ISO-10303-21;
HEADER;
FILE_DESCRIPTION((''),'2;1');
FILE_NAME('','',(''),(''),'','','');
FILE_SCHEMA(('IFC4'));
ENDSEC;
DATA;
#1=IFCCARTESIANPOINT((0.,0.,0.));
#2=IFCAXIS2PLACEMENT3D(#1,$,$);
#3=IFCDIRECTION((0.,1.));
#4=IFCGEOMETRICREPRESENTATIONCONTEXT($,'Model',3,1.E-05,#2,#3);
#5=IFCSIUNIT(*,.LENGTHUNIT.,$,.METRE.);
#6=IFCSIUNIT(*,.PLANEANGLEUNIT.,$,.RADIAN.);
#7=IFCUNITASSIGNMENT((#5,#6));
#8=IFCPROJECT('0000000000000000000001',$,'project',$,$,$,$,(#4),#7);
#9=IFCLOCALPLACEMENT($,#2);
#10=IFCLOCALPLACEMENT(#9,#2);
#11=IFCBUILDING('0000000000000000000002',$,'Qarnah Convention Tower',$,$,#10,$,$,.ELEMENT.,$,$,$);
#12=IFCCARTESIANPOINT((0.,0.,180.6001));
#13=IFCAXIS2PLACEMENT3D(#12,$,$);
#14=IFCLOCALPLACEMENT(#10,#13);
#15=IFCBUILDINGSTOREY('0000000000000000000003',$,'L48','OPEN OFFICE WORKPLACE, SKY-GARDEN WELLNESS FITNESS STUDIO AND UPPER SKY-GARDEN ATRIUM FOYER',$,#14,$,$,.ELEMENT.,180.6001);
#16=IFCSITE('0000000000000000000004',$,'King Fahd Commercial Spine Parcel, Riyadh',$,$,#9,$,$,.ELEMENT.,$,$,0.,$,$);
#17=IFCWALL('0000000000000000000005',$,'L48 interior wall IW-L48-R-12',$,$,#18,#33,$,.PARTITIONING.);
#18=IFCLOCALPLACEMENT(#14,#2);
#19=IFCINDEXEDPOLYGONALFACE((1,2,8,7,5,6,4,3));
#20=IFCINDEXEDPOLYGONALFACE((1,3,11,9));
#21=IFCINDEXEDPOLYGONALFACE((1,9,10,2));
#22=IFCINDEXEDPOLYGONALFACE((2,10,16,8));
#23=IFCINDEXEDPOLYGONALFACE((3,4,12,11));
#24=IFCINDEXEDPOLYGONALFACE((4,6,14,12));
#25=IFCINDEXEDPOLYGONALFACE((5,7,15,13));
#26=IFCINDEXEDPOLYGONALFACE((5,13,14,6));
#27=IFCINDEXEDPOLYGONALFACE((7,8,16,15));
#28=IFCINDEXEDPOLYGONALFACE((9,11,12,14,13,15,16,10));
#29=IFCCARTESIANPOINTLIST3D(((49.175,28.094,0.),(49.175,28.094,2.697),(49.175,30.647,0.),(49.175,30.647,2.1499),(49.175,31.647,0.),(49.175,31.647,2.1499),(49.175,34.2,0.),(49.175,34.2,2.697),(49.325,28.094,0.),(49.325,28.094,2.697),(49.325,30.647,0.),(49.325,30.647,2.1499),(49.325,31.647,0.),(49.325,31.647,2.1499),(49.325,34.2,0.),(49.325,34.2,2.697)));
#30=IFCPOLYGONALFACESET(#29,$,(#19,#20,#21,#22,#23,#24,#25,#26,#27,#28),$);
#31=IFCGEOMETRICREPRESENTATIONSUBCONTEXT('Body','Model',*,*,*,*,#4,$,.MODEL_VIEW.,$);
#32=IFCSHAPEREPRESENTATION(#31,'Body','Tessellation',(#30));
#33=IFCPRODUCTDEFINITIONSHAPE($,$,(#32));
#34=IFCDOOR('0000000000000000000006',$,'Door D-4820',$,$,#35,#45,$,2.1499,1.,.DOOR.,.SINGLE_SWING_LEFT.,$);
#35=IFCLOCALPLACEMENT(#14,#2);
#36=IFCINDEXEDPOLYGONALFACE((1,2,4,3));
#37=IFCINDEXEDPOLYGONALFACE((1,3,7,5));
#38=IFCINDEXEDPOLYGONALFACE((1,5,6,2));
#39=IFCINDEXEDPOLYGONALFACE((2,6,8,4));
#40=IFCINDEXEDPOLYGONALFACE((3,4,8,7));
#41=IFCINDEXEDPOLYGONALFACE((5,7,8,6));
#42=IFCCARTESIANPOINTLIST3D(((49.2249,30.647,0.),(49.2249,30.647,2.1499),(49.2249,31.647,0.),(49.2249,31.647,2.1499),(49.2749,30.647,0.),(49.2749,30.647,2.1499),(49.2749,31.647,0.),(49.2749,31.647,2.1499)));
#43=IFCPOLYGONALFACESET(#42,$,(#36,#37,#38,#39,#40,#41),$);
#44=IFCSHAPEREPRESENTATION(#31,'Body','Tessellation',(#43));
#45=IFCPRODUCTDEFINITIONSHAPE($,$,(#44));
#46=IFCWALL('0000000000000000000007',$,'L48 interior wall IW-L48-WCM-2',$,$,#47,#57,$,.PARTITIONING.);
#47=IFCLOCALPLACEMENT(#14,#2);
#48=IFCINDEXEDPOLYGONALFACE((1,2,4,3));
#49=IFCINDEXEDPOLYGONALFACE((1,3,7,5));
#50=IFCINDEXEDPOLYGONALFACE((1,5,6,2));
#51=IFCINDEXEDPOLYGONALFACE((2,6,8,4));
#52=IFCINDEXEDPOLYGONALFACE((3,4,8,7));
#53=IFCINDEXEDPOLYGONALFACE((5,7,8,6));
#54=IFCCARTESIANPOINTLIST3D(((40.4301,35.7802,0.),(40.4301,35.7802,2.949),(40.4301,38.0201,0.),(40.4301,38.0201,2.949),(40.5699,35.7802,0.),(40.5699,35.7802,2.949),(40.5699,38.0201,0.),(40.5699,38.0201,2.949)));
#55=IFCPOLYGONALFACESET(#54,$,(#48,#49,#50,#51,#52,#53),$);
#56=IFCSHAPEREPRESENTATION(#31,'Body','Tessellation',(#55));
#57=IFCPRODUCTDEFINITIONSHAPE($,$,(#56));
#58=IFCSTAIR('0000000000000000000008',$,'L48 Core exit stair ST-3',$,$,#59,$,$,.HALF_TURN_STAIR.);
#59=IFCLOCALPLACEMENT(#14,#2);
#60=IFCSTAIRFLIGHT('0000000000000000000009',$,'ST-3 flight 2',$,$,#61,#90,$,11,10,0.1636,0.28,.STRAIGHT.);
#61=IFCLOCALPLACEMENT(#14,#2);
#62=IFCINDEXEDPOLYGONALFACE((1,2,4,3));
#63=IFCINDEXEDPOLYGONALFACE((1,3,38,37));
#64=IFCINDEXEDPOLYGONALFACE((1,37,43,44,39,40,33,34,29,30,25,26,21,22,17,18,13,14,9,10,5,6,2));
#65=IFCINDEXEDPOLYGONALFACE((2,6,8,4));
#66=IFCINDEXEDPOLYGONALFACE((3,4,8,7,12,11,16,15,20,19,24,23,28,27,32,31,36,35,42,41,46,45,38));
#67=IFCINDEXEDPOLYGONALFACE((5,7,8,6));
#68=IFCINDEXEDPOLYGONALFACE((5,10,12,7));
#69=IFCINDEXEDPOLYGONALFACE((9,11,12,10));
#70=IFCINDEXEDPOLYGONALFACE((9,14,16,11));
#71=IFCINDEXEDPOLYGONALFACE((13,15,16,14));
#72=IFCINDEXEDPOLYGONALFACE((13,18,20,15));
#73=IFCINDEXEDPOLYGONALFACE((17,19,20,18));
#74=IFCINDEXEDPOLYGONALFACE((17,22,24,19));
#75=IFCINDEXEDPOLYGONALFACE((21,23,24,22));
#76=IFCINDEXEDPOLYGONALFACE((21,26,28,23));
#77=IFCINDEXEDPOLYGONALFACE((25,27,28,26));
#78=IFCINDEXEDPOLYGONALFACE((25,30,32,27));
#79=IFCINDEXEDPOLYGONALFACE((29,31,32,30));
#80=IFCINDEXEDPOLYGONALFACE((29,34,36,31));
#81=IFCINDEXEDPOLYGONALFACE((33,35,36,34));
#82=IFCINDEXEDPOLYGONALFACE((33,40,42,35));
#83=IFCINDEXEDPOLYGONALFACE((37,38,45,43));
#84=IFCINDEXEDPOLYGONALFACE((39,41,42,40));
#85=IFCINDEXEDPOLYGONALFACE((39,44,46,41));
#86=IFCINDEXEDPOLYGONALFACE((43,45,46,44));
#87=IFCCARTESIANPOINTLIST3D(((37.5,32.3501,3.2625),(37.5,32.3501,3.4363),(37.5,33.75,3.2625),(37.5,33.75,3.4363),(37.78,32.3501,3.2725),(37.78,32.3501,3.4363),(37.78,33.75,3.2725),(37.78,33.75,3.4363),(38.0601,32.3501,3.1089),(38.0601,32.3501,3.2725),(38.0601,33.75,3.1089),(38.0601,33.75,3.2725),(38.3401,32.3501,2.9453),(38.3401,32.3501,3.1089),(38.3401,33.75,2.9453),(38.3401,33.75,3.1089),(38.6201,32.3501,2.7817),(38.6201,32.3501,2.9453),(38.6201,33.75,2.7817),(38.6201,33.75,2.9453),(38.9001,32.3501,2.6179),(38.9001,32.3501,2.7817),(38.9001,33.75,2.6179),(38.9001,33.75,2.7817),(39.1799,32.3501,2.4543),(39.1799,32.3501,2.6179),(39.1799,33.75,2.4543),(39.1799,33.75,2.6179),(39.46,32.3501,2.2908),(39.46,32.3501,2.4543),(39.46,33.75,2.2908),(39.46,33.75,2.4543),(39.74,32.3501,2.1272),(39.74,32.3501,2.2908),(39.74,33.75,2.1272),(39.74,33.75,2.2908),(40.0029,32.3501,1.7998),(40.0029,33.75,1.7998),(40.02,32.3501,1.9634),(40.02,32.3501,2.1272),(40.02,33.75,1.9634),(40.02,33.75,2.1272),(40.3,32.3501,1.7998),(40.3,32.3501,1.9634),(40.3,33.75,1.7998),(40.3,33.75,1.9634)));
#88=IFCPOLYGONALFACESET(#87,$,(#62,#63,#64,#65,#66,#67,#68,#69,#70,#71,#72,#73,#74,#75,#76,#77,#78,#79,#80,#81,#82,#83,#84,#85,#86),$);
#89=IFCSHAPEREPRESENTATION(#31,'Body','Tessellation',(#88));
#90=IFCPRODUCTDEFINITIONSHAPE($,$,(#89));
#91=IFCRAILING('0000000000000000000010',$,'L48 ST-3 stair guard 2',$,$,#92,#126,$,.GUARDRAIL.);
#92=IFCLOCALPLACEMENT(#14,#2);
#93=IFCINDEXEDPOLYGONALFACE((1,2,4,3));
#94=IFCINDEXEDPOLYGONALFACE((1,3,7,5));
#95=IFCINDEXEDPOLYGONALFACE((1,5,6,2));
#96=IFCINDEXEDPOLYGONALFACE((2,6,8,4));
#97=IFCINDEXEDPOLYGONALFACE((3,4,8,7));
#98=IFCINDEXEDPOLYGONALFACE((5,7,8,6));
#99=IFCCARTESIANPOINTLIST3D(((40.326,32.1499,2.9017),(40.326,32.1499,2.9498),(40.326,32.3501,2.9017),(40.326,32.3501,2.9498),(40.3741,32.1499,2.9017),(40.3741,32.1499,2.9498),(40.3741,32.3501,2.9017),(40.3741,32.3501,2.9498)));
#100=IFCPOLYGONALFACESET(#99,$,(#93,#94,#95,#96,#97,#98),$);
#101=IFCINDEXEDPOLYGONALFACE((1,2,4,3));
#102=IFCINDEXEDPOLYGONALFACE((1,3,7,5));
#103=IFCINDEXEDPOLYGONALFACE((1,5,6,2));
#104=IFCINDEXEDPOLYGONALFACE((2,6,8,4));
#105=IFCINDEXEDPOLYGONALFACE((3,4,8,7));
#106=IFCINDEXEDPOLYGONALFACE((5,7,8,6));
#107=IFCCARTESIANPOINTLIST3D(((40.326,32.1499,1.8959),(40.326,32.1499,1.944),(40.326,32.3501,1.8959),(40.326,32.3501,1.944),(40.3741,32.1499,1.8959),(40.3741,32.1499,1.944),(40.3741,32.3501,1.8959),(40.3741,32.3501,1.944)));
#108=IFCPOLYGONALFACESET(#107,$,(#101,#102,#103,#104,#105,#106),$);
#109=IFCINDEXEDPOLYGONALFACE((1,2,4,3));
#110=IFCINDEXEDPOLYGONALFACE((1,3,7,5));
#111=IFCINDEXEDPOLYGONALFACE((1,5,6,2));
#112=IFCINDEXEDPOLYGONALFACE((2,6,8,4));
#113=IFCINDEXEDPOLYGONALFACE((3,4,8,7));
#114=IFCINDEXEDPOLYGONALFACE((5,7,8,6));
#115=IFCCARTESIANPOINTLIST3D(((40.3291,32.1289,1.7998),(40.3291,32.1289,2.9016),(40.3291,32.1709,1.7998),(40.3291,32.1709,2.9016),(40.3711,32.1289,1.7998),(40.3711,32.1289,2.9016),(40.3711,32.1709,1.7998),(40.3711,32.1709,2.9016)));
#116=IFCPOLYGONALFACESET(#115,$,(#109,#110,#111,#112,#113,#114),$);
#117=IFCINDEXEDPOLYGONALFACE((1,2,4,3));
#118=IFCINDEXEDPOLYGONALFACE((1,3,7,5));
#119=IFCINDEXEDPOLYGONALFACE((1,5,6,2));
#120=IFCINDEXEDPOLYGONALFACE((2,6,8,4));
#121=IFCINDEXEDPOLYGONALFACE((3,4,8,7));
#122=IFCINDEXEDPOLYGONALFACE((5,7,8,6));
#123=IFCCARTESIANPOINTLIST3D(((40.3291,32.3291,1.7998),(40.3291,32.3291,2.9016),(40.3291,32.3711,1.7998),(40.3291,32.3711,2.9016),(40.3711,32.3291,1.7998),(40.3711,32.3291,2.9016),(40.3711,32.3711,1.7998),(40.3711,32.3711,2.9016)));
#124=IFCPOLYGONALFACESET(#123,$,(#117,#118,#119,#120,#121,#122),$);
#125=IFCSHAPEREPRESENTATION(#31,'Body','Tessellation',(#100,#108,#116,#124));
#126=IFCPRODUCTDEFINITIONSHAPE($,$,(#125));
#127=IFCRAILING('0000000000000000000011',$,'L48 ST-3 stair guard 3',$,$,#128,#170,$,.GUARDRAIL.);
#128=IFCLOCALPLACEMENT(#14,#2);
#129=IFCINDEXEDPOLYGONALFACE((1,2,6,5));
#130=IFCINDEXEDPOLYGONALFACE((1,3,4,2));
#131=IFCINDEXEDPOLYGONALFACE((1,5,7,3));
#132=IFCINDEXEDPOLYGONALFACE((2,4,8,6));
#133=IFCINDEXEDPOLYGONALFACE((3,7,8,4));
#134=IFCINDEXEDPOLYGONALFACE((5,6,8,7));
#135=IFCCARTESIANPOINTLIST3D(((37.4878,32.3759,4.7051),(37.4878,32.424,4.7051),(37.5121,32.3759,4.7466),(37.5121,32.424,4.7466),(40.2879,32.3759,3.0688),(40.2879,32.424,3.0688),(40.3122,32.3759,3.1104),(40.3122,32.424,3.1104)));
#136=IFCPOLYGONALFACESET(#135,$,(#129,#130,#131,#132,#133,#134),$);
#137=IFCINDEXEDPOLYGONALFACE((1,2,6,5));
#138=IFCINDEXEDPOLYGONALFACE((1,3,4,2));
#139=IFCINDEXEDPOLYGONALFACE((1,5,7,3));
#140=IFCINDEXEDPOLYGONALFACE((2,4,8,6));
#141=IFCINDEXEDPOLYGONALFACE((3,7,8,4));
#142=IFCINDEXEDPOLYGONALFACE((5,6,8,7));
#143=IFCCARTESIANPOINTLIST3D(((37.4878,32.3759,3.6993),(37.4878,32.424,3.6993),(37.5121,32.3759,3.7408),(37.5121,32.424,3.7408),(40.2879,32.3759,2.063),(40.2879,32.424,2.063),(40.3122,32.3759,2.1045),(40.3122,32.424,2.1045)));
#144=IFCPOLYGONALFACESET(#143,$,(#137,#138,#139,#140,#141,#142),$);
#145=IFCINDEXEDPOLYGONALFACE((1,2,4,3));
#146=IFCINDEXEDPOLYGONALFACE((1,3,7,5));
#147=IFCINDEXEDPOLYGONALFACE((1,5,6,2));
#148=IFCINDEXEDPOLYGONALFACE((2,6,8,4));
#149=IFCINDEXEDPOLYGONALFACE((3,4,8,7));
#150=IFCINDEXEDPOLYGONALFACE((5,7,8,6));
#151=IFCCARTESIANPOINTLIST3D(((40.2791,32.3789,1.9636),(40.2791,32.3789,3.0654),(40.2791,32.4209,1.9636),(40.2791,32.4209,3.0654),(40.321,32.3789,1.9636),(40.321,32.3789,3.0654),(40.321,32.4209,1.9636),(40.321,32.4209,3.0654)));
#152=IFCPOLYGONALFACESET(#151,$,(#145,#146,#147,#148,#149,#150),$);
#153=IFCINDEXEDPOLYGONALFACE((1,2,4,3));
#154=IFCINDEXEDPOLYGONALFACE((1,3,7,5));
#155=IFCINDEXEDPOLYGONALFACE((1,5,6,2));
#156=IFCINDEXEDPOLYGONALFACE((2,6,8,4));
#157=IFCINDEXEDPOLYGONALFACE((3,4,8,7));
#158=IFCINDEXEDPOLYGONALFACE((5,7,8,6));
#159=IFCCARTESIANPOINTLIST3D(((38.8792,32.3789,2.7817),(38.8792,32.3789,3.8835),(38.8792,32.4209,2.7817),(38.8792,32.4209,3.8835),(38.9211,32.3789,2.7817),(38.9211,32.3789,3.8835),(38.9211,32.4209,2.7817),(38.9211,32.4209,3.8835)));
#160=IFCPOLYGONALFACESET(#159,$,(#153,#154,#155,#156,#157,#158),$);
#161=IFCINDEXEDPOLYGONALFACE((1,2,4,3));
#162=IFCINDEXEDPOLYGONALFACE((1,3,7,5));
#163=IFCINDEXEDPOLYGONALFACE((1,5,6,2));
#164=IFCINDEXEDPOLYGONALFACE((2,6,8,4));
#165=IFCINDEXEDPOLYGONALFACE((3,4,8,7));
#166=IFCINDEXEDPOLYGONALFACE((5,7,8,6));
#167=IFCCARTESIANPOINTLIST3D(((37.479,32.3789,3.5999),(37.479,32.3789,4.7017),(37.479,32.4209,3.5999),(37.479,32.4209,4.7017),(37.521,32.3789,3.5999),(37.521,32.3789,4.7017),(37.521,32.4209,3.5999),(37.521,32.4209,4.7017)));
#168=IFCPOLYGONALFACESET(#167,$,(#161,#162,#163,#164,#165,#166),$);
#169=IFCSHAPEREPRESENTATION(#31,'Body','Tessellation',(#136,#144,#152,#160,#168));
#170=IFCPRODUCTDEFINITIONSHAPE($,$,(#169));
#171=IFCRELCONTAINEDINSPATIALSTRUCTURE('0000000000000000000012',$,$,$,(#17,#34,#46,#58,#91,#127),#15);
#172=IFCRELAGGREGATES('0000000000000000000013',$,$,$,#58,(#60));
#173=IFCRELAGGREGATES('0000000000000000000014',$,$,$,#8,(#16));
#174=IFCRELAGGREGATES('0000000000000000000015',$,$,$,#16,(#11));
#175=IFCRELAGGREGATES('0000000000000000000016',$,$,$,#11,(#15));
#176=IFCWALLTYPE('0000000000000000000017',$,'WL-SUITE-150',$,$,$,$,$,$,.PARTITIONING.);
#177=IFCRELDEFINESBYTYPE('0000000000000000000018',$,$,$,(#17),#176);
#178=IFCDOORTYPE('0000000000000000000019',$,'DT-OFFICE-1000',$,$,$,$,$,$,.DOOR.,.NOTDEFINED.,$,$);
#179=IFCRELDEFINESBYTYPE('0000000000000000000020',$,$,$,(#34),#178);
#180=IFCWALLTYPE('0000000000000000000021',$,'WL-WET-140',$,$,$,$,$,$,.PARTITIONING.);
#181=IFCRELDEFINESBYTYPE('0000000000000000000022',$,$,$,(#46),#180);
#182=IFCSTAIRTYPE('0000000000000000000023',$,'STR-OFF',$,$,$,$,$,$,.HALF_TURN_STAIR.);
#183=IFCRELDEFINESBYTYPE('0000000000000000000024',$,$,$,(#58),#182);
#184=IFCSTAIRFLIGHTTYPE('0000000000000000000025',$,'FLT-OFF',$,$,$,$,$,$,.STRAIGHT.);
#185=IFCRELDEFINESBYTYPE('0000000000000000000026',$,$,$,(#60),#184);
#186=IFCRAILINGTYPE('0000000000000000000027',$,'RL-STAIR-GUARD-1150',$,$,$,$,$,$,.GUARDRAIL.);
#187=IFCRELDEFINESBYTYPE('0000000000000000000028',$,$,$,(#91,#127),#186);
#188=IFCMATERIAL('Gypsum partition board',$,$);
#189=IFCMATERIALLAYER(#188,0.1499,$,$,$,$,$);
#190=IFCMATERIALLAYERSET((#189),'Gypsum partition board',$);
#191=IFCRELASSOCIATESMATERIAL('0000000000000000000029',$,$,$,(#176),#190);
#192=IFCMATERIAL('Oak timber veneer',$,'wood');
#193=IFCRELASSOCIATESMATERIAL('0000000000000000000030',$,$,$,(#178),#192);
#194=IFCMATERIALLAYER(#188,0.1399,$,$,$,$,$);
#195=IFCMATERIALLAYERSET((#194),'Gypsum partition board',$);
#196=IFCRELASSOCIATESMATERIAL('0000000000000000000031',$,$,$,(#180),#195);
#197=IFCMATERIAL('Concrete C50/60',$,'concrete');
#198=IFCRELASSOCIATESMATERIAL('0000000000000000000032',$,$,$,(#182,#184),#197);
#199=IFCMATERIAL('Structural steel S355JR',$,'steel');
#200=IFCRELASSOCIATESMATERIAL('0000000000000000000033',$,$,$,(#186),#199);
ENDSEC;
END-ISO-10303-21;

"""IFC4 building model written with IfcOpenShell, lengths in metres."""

from ifc_helpers import new_model, si_unit, direction, frame, frame_2d, origin, origin_2d, place, context, subcontext, project, spatial, polyline, rectangle, outline, extrude, material, layer, layer_set, type_object, element, fill, aggregate, save


model = new_model("IFC4")

# Units and contexts
model_context = context("Model", 3, precision=1e-05, world=origin(), true_north=direction((0.0, 1.0)))
body_context = subcontext(model_context, "Body", "Model", "MODEL_VIEW")
ifc_project = project(units=[si_unit("LENGTHUNIT", "METRE"), si_unit("PLANEANGLEUNIT", "RADIAN")], contexts=[model_context])

# Site, building, storey
site_placement = place(None, origin())
site = spatial("IfcSite", under=ifc_project, at=site_placement, Name="King Fahd Commercial Spine Parcel, Riyadh", CompositionType="ELEMENT", RefElevation=0.0)
building_placement = place(site_placement, origin())
building = spatial("IfcBuilding", under=site, at=building_placement, Name="Qarnah Convention Tower", CompositionType="ELEMENT")
storey_placement = place(building_placement, frame((0.0, 0.0, 180.6001)))
storey = spatial("IfcBuildingStorey", under=building, at=storey_placement, Name="L48", Description="OPEN OFFICE WORKPLACE, SKY-GARDEN WELLNESS FITNESS STUDIO AND UPPER SKY-GARDEN ATRIUM FOYER", CompositionType="ELEMENT", Elevation=180.6001)

# Shared definitions
ifc_material_1 = material(Name="Concrete C50/60", Category="concrete")

# Shared definitions
ifc_material_2 = material(Name="Structural steel S355JR", Category="steel")

# Shared definitions
ifc_material_3 = material(Name="Gypsum partition board")
ifc_layer_1 = layer(ifc_material_3, 0.1499)
ifc_layer_set_1 = layer_set([ifc_layer_1], Name="Gypsum partition board")
wall_type_1 = type_object("IfcWallType", Name="WL-SUITE-150", PredefinedType="PARTITIONING", material=ifc_layer_set_1)

# Wall, opening, door
wall_1_placement = place(storey_placement, frame((49.25, 34.2, 0.0), z_axis=(0.0, 0.0, 1.0), x_axis=(0.0, -1.0, 0.0)))
wall_1 = element("IfcWall", 1, at=wall_1_placement, inside=storey, type_object=wall_type_1, Name="L48 interior wall IW-L48-R-12", PredefinedType="PARTITIONING", context=body_context, shape_type="SweptSolid", body=[
    extrude(rectangle(XDim=6.106, YDim=0.1499, at=frame_2d((3.053, 0.0))), origin(), (0.0, 0.0, 1.0), 2.697),
])
opening_1_placement = place(wall_1_placement, frame((2.553, 0.0, 0.0)))
opening_1 = element("IfcOpeningElement", 2, at=opening_1_placement, cuts=wall_1, PredefinedType="OPENING", context=body_context, shape_type="SweptSolid", body=[
    extrude(rectangle(XDim=1.0, YDim=2.1499, at=frame_2d((0.5, 1.075))), frame((0.0, 0.085, 0.0), z_axis=(0.0, -1.0, 0.0), x_axis=(1.0, 0.0, 0.0)), (0.0, 0.0, 1.0), 0.1699),
])
ifc_material_4 = material(Name="Oak timber veneer", Category="wood")
door_type_1 = type_object("IfcDoorType", Name="DT-OFFICE-1000", OperationType="NOTDEFINED", PredefinedType="DOOR", material=ifc_material_4)
door_1_placement = place(opening_1_placement, origin())
door_1 = element("IfcDoor", 3, at=door_1_placement, inside=storey, type_object=door_type_1, Name="Door D-4820", OperationType="SINGLE_SWING_LEFT", OverallHeight=2.1499, OverallWidth=1.0, PredefinedType="DOOR", context=body_context, shape_type="SweptSolid", body=[
    extrude(rectangle(XDim=1.0, YDim=2.1499, at=frame_2d((0.5, 1.075))), frame((0.0, 0.0249, 0.0), z_axis=(0.0, -1.0, 0.0), x_axis=(1.0, 0.0, 0.0)), (0.0, 0.0, 1.0), 0.05),
])
fill(opening_1, door_1)

# Wall
ifc_layer_2 = layer(ifc_material_3, 0.1399)
ifc_layer_set_2 = layer_set([ifc_layer_2], Name="Gypsum partition board")
wall_type_2 = type_object("IfcWallType", Name="WL-WET-140", PredefinedType="PARTITIONING", material=ifc_layer_set_2)
wall_2_placement = place(storey_placement, frame((40.5, 35.78, 0.0), z_axis=(0.0, 0.0, 1.0), x_axis=(0.0, 1.0, 0.0)))
element("IfcWall", 4, at=wall_2_placement, inside=storey, type_object=wall_type_2, Name="L48 interior wall IW-L48-WCM-2", PredefinedType="PARTITIONING", context=body_context, shape_type="SweptSolid", body=[
    extrude(rectangle(XDim=2.24, YDim=0.1399, at=frame_2d((1.1201, 0.0))), origin(), (0.0, 0.0, 1.0), 2.949),
])

# Stair, stair flight
stair_type = type_object("IfcStairType", Name="STR-OFF", PredefinedType="HALF_TURN_STAIR", material=ifc_material_1)
stair_placement = place(storey_placement, origin())
stair = element("IfcStair", 5, at=stair_placement, inside=storey, type_object=stair_type, Name="L48 Core exit stair ST-3", PredefinedType="HALF_TURN_STAIR")
stair_flight_type = type_object("IfcStairFlightType", Name="FLT-OFF", PredefinedType="STRAIGHT", material=ifc_material_1)
stair_flight_placement = place(storey_placement, frame((40.3, 33.05, 1.7998), z_axis=(0.0, 0.0, 1.0), x_axis=(-1.0, 0.0, 0.0)))
stair_flight = element("IfcStairFlight", 6, at=stair_flight_placement, type_object=stair_flight_type, Name="ST-3 flight 2", NumberOfRisers=11, NumberOfTreads=10, PredefinedType="STRAIGHT", RiserHeight=0.1636, TreadLength=0.28, context=body_context, shape_type="SweptSolid", body=[
    extrude(outline(polyline([(0.0, 0.0), (0.0, 0.1636), (0.28, 0.1636), (0.28, 0.3274), (0.5601, 0.3274), (0.5601, 0.491), (0.8401, 0.491), (0.8401, 0.6545), (1.1201, 0.6545), (1.1201, 0.8181), (1.3999, 0.8181), (1.3999, 0.9819), (1.6799, 0.9819), (1.6799, 1.1455), (1.96, 1.1455), (1.96, 1.3091), (2.24, 1.3091), (2.24, 1.4727), (2.52, 1.4727), (2.52, 1.6365), (2.8, 1.6365), (2.8, 1.8), (2.8, 1.4626), (0.2971, 0.0), (0.0, 0.0)])), frame((0.0, 0.7, 0.0), z_axis=(0.0, -1.0, 0.0), x_axis=(1.0, 0.0, 0.0)), (0.0, 0.0, 1.0), 1.3999),
])
aggregate(stair, [stair_flight])

# Railings
railing_type_1 = type_object("IfcRailingType", Name="RL-STAIR-GUARD-1150", PredefinedType="GUARDRAIL", material=ifc_material_2)
railing_1_placement = place(storey_placement, frame((40.3501, 32.1499, 1.7998)))
element("IfcRailing", 7, at=railing_1_placement, inside=storey, type_object=railing_type_1, Name="L48 ST-3 stair guard 2", PredefinedType="GUARDRAIL", context=body_context, shape_type="SweptSolid", body=[
    extrude(rectangle(XDim=0.0481, YDim=0.0481, at=origin_2d()), frame((0.0, 0.0, 1.126), z_axis=(0.0, 1.0, 0.0), x_axis=(-1.0, 0.0, 0.0)), (0.0, 0.0, 1.0), 0.2002),
    extrude(rectangle(XDim=0.0481, YDim=0.0481, at=origin_2d()), frame((0.0, 0.0, 0.1201), z_axis=(0.0, 1.0, 0.0), x_axis=(-1.0, 0.0, 0.0)), (0.0, 0.0, 1.0), 0.2002),
    extrude(rectangle(XDim=0.042, YDim=0.042, at=origin_2d()), origin(), (0.0, 0.0, 1.0), 1.1018),
    extrude(rectangle(XDim=0.042, YDim=0.042, at=origin_2d()), frame((0.0, 0.2002, 0.0)), (0.0, 0.0, 1.0), 1.1018),
])
railing_2_placement = place(storey_placement, frame((40.3, 32.3999, 1.9636)))
element("IfcRailing", 8, at=railing_2_placement, inside=storey, type_object=railing_type_1, Name="L48 ST-3 stair guard 3", PredefinedType="GUARDRAIL", context=body_context, shape_type="SweptSolid", body=[
    extrude(rectangle(XDim=0.0481, YDim=0.0481, at=origin_2d()), frame((0.0, 0.0, 1.126), z_axis=(-0.863394, 0.0, 0.504531), x_axis=(0.0, -1.0, 0.0)), (0.0, 0.0, 1.0), 3.2432),
    extrude(rectangle(XDim=0.0481, YDim=0.0481, at=origin_2d()), frame((0.0, 0.0, 0.1201), z_axis=(-0.863394, 0.0, 0.504531), x_axis=(0.0, -1.0, 0.0)), (0.0, 0.0, 1.0), 3.2432),
    extrude(rectangle(XDim=0.042, YDim=0.042, at=origin_2d()), origin(), (0.0, 0.0, 1.0), 1.1018),
    extrude(rectangle(XDim=0.042, YDim=0.042, at=origin_2d()), frame((-1.3999, 0.0, 0.8181)), (0.0, 0.0, 1.0), 1.1018),
    extrude(rectangle(XDim=0.042, YDim=0.042, at=origin_2d()), frame((-2.8, 0.0, 1.6362)), (0.0, 0.0, 1.0), 1.1018),
])

save(model, "model.ifc")
